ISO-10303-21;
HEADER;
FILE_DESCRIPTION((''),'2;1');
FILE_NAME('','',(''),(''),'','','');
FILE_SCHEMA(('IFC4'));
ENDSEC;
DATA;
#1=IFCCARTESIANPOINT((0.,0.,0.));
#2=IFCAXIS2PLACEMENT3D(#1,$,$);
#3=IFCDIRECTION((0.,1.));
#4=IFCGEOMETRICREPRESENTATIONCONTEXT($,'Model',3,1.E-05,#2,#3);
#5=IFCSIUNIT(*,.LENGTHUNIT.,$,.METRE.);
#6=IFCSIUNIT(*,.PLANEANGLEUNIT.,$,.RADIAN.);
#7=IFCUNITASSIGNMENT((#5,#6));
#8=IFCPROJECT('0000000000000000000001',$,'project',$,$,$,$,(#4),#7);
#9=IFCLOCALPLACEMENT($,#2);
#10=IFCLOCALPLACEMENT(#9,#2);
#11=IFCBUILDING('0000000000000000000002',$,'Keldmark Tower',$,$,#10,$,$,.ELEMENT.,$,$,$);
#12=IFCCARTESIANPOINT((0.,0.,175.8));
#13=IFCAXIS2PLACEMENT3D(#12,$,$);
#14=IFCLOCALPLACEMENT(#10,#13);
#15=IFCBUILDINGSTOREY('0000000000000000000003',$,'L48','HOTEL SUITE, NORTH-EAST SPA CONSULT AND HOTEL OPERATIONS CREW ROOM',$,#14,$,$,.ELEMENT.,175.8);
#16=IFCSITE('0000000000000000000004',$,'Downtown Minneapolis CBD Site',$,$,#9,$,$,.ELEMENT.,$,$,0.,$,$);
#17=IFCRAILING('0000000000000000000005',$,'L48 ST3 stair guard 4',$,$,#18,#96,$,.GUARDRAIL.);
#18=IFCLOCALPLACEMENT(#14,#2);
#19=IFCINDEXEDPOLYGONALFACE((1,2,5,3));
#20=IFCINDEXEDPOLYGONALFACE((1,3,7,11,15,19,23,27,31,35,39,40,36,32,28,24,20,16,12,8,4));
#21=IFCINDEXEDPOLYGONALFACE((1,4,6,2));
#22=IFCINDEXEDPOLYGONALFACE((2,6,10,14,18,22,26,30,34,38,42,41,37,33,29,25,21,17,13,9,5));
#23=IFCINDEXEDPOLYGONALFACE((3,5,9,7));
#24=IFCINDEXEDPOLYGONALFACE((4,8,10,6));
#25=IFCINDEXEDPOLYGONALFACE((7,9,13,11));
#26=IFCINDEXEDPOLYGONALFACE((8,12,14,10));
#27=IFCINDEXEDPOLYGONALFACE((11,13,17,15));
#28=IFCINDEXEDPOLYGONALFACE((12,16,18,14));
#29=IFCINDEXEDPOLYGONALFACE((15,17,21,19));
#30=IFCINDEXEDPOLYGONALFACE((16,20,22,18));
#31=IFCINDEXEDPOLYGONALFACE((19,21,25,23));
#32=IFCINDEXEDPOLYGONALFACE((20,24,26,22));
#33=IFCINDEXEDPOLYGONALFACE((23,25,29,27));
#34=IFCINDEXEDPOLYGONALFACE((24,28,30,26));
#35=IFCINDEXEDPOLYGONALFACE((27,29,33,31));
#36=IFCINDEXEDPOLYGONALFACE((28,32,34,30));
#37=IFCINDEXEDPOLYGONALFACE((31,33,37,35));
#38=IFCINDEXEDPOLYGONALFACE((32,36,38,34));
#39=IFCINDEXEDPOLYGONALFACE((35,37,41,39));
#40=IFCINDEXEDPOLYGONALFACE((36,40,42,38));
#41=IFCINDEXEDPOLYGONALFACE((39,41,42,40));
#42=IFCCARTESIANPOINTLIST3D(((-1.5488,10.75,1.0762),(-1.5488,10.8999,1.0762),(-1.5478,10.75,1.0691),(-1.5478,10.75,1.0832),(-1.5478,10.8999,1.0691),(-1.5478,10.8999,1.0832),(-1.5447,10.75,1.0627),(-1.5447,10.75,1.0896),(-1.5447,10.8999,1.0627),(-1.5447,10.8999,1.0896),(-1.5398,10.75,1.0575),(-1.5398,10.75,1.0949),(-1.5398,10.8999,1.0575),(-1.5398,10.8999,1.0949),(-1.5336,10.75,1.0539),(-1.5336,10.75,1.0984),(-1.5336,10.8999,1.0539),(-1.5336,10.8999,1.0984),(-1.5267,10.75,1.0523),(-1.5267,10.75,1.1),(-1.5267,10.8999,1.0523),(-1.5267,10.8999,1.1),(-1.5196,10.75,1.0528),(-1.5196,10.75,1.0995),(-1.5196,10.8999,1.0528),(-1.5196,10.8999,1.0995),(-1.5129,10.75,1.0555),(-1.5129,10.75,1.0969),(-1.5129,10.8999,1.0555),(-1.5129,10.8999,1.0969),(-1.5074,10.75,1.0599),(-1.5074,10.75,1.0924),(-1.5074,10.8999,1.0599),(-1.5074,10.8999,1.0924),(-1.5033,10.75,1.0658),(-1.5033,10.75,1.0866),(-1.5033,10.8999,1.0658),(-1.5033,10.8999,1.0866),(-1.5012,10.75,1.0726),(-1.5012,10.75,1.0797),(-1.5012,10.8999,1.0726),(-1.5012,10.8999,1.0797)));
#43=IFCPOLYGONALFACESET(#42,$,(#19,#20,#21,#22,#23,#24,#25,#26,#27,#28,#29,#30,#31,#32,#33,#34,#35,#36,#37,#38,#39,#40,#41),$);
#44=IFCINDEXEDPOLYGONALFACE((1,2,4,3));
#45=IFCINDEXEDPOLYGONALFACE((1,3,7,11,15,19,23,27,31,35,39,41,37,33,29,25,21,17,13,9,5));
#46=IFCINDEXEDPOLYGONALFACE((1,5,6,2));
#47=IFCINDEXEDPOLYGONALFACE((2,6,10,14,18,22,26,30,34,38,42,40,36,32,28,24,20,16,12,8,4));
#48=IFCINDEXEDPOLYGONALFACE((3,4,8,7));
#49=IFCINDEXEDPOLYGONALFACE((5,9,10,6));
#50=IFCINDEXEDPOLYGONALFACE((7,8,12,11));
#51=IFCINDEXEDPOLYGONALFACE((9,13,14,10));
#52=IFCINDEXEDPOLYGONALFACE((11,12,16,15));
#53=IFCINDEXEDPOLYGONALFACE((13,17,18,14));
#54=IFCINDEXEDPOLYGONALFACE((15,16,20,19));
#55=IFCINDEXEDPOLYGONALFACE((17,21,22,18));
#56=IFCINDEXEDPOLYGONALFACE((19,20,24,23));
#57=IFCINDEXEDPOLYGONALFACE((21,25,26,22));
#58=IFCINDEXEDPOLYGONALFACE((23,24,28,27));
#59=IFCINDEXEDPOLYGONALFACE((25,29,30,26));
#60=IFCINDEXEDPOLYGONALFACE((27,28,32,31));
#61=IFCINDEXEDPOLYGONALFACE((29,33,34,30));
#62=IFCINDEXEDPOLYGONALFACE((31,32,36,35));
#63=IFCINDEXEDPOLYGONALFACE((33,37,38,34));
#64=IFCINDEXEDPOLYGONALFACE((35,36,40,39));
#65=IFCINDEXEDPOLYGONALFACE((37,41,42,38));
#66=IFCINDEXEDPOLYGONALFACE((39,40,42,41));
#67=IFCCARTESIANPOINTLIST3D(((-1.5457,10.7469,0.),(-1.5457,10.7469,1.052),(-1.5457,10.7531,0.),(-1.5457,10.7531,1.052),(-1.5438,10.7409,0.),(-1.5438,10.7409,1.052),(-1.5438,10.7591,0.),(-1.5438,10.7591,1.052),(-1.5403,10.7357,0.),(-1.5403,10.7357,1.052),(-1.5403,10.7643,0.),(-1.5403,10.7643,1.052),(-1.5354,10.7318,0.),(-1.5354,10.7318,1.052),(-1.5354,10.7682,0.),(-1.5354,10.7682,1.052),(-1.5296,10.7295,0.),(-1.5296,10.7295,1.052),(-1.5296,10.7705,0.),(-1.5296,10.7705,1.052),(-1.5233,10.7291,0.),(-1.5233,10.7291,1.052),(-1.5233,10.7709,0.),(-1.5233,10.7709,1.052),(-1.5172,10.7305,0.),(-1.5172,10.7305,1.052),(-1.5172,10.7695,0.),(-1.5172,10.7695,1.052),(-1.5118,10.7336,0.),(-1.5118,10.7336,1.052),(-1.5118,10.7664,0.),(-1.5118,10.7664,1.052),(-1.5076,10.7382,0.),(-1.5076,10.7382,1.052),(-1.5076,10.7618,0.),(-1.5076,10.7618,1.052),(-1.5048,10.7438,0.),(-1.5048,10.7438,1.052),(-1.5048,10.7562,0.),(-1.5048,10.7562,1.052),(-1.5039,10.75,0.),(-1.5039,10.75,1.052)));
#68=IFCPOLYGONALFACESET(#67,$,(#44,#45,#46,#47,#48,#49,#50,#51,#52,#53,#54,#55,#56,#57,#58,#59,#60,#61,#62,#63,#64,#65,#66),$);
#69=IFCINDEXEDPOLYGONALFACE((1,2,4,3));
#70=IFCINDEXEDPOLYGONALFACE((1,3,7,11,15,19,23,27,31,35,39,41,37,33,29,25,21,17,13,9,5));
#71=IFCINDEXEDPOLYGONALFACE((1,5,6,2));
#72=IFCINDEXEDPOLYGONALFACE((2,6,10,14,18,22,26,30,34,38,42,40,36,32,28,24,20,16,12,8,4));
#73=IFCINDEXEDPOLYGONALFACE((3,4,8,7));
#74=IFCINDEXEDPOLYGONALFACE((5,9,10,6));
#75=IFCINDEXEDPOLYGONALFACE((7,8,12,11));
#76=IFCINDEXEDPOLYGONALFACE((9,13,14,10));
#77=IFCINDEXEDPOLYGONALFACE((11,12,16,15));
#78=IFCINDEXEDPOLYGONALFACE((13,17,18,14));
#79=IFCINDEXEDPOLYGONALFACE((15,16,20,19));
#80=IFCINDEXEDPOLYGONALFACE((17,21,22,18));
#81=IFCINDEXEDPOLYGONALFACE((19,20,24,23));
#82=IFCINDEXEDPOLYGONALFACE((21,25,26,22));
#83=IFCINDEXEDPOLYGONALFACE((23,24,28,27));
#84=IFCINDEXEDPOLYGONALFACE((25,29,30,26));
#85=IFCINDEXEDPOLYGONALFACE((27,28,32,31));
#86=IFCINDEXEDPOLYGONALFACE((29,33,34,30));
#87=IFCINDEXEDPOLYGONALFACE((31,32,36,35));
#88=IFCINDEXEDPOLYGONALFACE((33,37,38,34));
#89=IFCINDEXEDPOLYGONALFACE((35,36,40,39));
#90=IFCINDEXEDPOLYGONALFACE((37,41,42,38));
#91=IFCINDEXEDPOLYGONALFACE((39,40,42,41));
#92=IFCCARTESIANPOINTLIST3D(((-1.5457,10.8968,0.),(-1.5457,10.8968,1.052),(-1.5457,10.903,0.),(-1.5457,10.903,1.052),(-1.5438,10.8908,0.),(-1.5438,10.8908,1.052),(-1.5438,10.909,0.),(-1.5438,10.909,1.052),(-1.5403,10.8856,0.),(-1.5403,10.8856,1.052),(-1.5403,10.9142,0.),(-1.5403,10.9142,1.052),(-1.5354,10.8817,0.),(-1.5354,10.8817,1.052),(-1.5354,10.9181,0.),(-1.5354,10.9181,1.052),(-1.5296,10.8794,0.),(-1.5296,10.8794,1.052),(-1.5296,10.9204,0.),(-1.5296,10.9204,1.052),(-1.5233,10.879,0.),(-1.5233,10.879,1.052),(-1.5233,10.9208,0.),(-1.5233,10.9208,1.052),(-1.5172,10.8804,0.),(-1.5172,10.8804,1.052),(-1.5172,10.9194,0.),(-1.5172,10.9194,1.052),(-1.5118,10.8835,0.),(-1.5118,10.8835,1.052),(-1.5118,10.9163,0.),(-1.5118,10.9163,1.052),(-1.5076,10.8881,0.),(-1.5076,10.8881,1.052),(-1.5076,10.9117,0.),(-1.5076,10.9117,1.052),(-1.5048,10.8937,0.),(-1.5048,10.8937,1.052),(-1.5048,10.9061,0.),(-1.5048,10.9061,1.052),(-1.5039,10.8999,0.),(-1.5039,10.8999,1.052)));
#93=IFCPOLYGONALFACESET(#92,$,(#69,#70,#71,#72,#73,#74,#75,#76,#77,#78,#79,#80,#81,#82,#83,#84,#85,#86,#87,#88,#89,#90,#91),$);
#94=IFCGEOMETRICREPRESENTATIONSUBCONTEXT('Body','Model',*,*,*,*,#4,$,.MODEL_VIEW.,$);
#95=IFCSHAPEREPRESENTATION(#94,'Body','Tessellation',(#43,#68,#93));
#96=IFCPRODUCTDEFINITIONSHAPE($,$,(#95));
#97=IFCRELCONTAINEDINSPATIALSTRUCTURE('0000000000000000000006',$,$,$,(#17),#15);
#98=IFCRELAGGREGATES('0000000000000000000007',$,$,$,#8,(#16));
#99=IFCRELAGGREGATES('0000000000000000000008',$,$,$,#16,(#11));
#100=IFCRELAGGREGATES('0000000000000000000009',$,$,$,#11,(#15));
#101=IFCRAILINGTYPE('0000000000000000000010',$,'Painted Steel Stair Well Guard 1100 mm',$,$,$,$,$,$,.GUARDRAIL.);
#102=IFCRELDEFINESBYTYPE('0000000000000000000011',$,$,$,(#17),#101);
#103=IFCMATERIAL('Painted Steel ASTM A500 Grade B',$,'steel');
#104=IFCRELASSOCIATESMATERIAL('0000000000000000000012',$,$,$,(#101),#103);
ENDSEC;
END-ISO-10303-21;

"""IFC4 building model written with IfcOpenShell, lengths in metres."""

from ifc_helpers import new_model, si_unit, direction, frame, origin, origin_2d, place, context, subcontext, project, spatial, circle, extrude, material, type_object, element, save


model = new_model("IFC4")

# Units and contexts
model_context = context("Model", 3, precision=1e-05, world=origin(), true_north=direction((0.0, 1.0)))
body_context = subcontext(model_context, "Body", "Model", "MODEL_VIEW")
ifc_project = project(units=[si_unit("LENGTHUNIT", "METRE"), si_unit("PLANEANGLEUNIT", "RADIAN")], contexts=[model_context])

# Site, building, storey
site_placement = place(None, origin())
site = spatial("IfcSite", under=ifc_project, at=site_placement, Name="Downtown Minneapolis CBD Site", CompositionType="ELEMENT", RefElevation=0.0)
building_placement = place(site_placement, origin())
building = spatial("IfcBuilding", under=site, at=building_placement, Name="Keldmark Tower", CompositionType="ELEMENT")
storey_placement = place(building_placement, frame((0.0, 0.0, 175.8)))
storey = spatial("IfcBuildingStorey", under=building, at=storey_placement, Name="L48", Description="HOTEL SUITE, NORTH-EAST SPA CONSULT AND HOTEL OPERATIONS CREW ROOM", CompositionType="ELEMENT", Elevation=175.8)

# Railing
ifc_material_1 = material(Name="Painted Steel ASTM A500 Grade B", Category="steel")
railing_type_1 = type_object("IfcRailingType", Name="Painted Steel Stair Well Guard 1100 mm", PredefinedType="GUARDRAIL", material=ifc_material_1)
railing_1_placement = place(storey_placement, frame((-1.5249, 10.75, 0.0)))
element("IfcRailing", 1, at=railing_1_placement, inside=storey, type_object=railing_type_1, Name="L48 ST3 stair guard 4", PredefinedType="GUARDRAIL", context=body_context, shape_type="SweptSolid", body=[
    extrude(circle(Radius=0.0239, at=origin_2d()), frame((0.0, 0.0, 1.0762), z_axis=(0.0, 1.0, 0.0), x_axis=(-1.0, 0.0, 0.0)), (0.0, 0.0, 1.0), 0.1499),
    extrude(circle(Radius=0.021, at=origin_2d()), origin(), (0.0, 0.0, 1.0), 1.052),
    extrude(circle(Radius=0.021, at=origin_2d()), frame((0.0, 0.1499, 0.0)), (0.0, 0.0, 1.0), 1.052),
])

save(model, "model.ifc")
